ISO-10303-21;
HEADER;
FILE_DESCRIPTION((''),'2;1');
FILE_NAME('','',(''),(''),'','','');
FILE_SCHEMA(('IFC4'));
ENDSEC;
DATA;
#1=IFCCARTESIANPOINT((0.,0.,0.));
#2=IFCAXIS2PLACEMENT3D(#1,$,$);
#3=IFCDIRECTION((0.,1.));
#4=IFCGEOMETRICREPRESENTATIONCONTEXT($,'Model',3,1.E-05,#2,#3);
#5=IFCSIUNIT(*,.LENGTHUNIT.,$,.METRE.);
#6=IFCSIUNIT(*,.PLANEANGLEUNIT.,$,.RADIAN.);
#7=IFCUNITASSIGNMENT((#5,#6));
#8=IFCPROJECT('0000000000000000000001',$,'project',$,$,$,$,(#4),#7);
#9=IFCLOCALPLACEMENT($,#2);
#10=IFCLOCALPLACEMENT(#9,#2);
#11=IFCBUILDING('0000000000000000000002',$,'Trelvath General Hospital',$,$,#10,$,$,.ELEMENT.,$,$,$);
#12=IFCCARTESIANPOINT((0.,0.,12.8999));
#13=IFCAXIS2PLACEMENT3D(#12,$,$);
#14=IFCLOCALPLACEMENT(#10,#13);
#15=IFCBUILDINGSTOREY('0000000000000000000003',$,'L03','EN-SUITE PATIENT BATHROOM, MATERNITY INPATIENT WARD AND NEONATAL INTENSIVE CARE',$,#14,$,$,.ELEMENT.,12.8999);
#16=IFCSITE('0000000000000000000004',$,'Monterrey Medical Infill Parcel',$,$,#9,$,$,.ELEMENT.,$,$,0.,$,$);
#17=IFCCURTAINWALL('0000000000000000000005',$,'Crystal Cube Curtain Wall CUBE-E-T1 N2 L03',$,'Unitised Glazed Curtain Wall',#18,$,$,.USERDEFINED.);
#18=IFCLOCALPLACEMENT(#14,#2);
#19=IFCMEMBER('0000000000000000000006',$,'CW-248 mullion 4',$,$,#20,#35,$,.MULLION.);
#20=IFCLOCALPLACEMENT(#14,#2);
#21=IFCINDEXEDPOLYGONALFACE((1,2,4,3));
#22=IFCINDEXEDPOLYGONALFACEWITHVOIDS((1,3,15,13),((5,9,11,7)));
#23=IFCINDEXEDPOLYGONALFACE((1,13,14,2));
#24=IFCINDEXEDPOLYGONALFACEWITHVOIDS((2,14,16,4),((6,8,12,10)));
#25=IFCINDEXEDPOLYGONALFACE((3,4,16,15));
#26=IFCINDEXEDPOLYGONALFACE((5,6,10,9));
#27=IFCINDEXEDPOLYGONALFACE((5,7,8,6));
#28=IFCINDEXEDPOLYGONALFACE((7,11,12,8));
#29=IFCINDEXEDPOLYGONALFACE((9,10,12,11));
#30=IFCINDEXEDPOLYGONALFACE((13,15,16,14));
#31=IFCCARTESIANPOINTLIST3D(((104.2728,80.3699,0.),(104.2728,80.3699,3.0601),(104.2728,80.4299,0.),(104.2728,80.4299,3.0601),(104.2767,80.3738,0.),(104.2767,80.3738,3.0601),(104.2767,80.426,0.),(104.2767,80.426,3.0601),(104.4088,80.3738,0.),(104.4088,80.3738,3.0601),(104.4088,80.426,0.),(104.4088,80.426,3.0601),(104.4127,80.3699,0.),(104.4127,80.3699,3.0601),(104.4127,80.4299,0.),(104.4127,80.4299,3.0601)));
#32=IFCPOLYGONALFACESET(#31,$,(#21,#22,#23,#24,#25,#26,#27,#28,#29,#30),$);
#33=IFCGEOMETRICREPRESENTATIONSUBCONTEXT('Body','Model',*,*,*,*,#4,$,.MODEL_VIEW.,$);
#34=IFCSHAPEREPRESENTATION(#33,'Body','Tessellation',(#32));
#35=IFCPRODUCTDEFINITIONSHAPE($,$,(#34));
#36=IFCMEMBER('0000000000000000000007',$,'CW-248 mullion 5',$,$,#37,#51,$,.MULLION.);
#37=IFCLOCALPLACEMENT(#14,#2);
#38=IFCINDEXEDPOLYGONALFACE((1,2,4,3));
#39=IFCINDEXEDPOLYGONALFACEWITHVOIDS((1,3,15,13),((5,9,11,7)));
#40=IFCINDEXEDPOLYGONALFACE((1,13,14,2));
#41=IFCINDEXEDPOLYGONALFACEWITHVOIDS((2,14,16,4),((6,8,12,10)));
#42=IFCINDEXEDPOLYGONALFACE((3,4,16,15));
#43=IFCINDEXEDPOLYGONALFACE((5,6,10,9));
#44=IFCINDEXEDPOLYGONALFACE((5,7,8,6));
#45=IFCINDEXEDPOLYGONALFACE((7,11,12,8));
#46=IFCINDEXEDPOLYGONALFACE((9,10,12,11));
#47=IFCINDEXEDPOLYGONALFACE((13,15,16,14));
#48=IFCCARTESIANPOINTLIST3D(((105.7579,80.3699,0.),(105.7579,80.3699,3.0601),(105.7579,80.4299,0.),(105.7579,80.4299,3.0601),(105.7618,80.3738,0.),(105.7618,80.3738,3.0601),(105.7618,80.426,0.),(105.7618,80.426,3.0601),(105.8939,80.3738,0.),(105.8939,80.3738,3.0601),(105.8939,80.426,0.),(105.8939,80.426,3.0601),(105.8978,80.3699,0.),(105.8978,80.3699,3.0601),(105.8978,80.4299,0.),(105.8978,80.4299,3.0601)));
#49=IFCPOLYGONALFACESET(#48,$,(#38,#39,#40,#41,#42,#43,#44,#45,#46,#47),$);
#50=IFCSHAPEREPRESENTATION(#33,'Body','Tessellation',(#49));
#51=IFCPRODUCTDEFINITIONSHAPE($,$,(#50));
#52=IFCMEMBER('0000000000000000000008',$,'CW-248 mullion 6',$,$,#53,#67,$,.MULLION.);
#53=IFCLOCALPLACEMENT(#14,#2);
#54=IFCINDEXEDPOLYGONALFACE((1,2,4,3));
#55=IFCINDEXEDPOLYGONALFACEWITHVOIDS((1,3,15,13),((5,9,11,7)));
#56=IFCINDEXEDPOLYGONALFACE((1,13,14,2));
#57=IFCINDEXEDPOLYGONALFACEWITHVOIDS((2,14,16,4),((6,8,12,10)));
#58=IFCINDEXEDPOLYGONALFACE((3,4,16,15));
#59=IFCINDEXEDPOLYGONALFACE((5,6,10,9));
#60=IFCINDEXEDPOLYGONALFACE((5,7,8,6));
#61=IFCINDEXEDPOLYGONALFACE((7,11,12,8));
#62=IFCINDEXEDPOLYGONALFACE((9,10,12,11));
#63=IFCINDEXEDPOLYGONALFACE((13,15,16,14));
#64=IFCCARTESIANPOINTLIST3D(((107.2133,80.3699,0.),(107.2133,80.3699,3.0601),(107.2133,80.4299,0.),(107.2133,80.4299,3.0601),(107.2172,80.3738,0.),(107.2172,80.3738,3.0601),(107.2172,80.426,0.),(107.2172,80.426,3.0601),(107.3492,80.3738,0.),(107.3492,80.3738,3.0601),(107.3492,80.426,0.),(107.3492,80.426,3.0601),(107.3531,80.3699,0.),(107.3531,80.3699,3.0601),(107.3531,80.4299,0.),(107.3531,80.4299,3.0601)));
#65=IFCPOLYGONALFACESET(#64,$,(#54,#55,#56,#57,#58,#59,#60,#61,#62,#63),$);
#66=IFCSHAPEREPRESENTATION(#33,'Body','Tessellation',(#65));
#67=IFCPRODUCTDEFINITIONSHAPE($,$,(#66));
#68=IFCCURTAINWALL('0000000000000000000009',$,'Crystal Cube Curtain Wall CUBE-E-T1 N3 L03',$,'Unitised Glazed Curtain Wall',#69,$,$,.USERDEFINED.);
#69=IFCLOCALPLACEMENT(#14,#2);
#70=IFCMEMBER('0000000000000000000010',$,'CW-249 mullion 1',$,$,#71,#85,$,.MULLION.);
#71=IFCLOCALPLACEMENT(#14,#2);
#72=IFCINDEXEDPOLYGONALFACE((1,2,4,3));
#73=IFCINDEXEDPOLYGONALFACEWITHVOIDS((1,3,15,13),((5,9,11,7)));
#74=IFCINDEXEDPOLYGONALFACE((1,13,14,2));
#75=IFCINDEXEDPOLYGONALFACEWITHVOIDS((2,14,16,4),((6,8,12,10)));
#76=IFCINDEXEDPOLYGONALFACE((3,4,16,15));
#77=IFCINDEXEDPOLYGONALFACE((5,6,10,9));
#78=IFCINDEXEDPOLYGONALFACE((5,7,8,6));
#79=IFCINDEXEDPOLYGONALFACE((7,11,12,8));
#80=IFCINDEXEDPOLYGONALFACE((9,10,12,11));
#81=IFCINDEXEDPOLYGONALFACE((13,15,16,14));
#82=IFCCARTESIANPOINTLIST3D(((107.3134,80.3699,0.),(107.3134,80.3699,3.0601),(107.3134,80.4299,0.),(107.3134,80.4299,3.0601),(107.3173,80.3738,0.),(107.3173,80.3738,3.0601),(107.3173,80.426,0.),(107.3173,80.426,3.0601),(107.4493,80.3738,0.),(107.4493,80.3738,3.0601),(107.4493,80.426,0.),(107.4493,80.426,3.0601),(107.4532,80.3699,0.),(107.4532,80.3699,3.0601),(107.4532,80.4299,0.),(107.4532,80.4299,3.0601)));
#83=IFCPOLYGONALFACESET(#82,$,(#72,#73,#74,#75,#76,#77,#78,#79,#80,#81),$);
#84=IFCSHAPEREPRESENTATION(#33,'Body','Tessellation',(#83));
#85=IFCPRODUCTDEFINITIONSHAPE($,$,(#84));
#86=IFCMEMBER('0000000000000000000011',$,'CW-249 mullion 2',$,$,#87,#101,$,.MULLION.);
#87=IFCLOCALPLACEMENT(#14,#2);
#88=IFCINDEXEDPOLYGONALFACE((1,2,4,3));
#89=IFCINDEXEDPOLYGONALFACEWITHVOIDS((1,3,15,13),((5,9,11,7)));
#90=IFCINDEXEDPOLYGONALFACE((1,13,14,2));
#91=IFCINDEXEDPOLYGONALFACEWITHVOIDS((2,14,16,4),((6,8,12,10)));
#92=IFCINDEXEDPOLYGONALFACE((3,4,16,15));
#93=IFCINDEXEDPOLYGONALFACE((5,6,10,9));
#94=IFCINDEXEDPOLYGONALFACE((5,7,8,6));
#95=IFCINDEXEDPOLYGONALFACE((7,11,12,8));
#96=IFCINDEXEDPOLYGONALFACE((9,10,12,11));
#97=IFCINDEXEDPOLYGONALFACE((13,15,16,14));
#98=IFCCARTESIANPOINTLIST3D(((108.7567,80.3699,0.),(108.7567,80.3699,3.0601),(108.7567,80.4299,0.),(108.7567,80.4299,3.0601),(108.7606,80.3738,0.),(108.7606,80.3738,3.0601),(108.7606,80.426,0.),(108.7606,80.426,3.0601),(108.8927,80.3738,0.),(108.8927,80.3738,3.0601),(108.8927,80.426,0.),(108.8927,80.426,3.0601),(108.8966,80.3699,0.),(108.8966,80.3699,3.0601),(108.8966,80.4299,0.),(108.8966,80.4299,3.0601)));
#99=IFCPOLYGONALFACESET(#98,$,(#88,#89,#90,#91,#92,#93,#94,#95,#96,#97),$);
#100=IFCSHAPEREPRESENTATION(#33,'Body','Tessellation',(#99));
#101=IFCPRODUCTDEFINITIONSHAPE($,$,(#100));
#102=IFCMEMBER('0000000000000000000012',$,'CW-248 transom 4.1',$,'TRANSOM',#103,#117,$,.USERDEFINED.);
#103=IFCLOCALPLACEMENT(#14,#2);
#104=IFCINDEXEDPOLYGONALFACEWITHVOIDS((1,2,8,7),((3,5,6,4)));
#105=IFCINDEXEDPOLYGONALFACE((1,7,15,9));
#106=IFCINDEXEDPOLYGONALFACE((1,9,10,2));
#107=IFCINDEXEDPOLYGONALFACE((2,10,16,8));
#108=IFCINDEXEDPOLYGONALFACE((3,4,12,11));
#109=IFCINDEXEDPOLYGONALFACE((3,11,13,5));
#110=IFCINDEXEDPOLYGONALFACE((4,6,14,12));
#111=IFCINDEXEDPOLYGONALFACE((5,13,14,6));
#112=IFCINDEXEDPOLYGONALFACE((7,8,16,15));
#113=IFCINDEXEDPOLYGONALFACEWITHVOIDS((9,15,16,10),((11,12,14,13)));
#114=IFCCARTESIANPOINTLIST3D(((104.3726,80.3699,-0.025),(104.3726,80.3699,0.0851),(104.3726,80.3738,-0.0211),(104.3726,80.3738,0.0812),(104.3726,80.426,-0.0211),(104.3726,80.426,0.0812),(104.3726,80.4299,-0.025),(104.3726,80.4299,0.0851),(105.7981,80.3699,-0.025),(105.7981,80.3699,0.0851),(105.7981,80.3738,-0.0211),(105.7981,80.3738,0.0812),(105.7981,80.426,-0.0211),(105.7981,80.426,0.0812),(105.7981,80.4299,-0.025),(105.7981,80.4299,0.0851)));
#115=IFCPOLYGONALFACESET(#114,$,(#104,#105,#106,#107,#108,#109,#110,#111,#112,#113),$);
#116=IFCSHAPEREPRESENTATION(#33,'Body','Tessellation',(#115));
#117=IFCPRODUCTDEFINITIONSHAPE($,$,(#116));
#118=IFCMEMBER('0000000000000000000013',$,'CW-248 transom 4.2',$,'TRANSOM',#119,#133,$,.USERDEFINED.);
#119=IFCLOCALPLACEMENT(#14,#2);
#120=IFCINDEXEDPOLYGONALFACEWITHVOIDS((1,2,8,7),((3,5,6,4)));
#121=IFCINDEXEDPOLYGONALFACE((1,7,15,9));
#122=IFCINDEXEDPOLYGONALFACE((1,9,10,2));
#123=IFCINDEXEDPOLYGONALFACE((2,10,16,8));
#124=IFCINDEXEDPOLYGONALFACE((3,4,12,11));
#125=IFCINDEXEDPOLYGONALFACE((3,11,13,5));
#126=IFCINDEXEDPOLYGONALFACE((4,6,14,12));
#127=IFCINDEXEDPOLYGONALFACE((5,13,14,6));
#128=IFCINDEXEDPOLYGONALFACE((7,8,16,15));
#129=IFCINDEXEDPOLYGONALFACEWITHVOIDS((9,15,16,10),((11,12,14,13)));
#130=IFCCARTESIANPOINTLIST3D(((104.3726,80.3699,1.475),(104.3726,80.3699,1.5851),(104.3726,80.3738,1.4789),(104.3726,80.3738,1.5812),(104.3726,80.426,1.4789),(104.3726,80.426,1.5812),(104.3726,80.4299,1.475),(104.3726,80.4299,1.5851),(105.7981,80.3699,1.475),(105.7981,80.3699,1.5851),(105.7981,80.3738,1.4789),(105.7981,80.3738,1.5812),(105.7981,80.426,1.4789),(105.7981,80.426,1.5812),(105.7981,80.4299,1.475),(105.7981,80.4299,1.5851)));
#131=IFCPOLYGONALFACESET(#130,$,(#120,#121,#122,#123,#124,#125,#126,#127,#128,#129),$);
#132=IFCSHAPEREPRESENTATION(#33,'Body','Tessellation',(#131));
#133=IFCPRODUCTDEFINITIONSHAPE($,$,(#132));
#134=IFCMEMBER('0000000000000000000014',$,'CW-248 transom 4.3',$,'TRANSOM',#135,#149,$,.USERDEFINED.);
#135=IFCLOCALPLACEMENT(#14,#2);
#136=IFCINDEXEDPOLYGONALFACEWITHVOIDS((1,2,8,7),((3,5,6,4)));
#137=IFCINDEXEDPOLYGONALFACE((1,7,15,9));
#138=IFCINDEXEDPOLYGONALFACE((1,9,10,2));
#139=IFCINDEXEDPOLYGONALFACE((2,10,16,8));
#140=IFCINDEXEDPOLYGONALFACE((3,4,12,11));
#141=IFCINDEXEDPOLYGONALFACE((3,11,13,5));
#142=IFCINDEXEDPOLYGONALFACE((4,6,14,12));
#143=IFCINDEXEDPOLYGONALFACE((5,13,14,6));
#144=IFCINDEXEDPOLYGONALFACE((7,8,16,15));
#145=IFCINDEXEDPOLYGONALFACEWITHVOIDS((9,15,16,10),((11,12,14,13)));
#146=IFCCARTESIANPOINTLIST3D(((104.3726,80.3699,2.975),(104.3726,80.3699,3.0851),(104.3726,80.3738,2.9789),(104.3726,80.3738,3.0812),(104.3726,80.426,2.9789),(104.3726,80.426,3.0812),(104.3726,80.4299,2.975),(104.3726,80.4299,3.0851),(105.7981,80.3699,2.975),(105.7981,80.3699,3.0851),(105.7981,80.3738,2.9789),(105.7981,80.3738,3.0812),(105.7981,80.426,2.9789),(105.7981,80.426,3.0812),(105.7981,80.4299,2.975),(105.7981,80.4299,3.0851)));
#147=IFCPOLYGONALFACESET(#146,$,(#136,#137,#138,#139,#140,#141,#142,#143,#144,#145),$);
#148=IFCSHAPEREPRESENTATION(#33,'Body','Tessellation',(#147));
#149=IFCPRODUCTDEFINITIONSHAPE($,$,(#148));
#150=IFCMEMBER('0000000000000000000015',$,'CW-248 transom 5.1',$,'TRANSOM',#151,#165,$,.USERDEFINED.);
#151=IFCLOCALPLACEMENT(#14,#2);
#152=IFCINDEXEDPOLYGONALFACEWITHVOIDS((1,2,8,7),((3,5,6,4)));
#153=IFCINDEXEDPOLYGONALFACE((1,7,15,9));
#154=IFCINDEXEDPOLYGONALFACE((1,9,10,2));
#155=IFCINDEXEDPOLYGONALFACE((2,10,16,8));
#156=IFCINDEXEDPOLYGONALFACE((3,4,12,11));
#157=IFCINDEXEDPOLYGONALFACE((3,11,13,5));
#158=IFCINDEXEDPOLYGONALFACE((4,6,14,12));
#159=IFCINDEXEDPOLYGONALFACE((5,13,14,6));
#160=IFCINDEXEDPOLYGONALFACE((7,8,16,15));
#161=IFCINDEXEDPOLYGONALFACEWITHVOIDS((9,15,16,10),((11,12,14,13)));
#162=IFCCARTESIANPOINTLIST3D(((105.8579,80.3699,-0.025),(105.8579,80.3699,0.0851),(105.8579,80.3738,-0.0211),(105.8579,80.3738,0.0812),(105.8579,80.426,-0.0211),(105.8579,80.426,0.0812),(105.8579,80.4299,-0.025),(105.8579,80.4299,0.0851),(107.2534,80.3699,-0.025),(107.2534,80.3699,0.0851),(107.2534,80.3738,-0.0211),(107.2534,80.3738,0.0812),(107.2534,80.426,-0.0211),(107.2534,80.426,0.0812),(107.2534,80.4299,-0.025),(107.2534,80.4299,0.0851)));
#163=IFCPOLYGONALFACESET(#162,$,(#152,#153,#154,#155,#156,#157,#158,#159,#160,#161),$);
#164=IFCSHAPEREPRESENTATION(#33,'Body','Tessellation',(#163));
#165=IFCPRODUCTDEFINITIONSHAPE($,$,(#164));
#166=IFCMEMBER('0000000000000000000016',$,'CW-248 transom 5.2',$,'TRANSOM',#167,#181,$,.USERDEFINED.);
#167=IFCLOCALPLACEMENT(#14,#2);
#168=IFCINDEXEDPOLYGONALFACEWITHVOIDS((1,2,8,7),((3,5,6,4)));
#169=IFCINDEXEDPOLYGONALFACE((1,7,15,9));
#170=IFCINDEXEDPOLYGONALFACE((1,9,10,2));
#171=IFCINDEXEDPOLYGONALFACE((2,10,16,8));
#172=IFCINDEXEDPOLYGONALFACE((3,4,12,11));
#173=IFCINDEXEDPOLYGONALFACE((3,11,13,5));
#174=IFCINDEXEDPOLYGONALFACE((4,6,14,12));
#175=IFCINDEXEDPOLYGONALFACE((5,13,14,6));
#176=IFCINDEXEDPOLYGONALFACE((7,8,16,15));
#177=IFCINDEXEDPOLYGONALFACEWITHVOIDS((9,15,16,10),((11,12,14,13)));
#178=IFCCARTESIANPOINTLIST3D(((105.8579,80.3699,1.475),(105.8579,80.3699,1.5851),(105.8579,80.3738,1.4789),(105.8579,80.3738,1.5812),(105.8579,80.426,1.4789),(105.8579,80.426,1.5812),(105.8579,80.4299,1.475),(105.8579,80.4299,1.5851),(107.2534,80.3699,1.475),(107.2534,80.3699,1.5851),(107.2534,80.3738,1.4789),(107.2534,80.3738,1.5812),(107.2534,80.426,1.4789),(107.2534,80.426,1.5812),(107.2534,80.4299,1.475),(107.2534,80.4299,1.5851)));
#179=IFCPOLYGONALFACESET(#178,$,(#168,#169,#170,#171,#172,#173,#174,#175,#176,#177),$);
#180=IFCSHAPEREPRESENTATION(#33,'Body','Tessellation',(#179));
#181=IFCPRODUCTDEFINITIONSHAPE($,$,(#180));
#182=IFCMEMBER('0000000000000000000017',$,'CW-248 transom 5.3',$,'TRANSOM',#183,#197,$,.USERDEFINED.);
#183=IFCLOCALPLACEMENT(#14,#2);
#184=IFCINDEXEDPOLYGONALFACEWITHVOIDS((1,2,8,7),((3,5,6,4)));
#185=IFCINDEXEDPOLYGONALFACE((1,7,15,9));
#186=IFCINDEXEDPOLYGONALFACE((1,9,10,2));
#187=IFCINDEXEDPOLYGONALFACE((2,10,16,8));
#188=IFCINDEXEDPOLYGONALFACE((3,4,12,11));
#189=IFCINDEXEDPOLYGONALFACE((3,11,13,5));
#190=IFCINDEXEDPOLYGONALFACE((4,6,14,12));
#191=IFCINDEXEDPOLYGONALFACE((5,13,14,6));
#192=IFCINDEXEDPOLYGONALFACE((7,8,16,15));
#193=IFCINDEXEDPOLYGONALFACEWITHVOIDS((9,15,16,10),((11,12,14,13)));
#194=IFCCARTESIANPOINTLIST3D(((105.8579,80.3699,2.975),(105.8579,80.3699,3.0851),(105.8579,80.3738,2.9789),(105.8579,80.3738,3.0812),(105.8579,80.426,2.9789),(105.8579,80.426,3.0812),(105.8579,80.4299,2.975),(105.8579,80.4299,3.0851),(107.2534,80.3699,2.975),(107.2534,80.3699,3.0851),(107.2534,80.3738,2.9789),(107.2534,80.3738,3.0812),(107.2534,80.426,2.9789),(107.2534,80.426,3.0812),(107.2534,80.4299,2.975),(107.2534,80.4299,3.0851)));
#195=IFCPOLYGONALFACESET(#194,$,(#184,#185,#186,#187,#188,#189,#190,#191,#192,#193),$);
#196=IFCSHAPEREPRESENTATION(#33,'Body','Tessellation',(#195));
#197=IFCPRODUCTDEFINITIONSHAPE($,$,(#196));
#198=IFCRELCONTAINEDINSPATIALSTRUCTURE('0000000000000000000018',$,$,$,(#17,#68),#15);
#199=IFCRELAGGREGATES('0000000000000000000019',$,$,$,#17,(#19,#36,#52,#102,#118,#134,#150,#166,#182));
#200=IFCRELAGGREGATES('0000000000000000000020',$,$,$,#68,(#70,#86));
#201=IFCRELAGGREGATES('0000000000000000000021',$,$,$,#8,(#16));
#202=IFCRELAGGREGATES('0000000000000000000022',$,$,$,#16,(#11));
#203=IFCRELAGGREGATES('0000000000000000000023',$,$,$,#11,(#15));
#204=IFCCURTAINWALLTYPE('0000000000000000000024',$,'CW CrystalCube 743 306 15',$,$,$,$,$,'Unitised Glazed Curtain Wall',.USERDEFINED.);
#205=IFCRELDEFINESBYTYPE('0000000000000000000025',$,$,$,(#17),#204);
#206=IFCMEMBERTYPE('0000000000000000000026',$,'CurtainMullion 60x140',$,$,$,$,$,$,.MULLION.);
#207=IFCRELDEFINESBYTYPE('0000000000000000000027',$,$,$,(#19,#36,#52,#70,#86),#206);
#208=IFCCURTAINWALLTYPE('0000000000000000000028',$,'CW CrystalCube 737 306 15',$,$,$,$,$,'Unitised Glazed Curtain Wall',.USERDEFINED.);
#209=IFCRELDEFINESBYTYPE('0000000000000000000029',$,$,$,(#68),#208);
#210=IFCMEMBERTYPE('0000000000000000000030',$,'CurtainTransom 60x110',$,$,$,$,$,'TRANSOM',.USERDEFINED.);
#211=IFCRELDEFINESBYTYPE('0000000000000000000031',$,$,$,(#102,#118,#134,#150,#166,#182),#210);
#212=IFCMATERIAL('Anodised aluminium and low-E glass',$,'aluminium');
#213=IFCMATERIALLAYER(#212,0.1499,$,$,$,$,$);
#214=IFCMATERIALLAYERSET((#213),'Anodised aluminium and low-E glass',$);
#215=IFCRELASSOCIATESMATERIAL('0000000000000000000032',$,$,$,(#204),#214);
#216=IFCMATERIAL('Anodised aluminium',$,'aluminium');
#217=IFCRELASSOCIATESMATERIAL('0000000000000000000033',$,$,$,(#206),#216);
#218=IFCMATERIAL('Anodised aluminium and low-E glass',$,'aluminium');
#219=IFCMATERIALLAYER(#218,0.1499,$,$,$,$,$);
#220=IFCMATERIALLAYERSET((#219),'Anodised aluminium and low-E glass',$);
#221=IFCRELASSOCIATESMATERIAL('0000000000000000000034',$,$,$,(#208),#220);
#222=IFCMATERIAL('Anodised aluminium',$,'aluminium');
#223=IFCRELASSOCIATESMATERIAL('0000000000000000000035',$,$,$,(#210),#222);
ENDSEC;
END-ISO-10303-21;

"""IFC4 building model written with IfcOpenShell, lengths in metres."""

from ifc_helpers import new_model, si_unit, direction, frame, origin, origin_2d, place, context, subcontext, project, spatial, hollow_rectangle, extrude, material, layer, layer_set, material_profile, profile_set, type_object, element, aggregate, save


model = new_model("IFC4")

# Units and contexts
model_context = context("Model", 3, precision=1e-05, world=origin(), true_north=direction((0.0, 1.0)))
body_context = subcontext(model_context, "Body", "Model", "MODEL_VIEW")
ifc_project = project(units=[si_unit("LENGTHUNIT", "METRE"), si_unit("PLANEANGLEUNIT", "RADIAN")], contexts=[model_context])

# Site, building, storey
site_placement = place(None, origin())
site = spatial("IfcSite", under=ifc_project, at=site_placement, Name="Monterrey Medical Infill Parcel", CompositionType="ELEMENT", RefElevation=0.0)
building_placement = place(site_placement, origin())
building = spatial("IfcBuilding", under=site, at=building_placement, Name="Trelvath General Hospital", CompositionType="ELEMENT")
storey_placement = place(building_placement, frame((0.0, 0.0, 12.8999)))
storey = spatial("IfcBuildingStorey", under=building, at=storey_placement, Name="L03", Description="EN-SUITE PATIENT BATHROOM, MATERNITY INPATIENT WARD AND NEONATAL INTENSIVE CARE", CompositionType="ELEMENT", Elevation=12.8999)

# Curtain walls, members
ifc_material_1 = material(Name="Anodised aluminium and low-E glass", Category="aluminium")
ifc_layer_1 = layer(ifc_material_1, 0.1499)
ifc_layer_set_1 = layer_set([ifc_layer_1], Name="Anodised aluminium and low-E glass")
curtain_wall_type_1 = type_object("IfcCurtainWallType", Name="CW CrystalCube 743 306 15", ElementType="Unitised Glazed Curtain Wall", PredefinedType="USERDEFINED", material=ifc_layer_set_1)
curtain_wall_1_placement = place(storey_placement, origin())
curtain_wall_1 = element("IfcCurtainWall", 1, at=curtain_wall_1_placement, inside=storey, type_object=curtain_wall_type_1, Name="Crystal Cube Curtain Wall CUBE-E-T1 N2 L03", ObjectType="Unitised Glazed Curtain Wall", PredefinedType="USERDEFINED")
ifc_material_2 = material(Name="Anodised aluminium", Category="aluminium")
ifc_material_profile_1 = material_profile(ifc_material_2, hollow_rectangle(XDim=0.0601, YDim=0.1399, WallThickness=0.0039, at=origin_2d()), Name="RHS60x140x4")
ifc_profile_set_1 = profile_set([ifc_material_profile_1], Name="Anodised aluminium")
member_type_1 = type_object("IfcMemberType", Name="CurtainMullion 60x140", PredefinedType="MULLION", material=ifc_profile_set_1)
member_1_placement = place(storey_placement, frame((104.3428, 80.3999, 0.0), z_axis=(0.0, 0.0, 1.0), x_axis=(0.0, 1.0, 0.0)))
member_1 = element("IfcMember", 2, at=member_1_placement, type_object=member_type_1, Name="CW-248 mullion 4", PredefinedType="MULLION", context=body_context, shape_type="SweptSolid", body=[
    extrude(hollow_rectangle(XDim=0.0601, YDim=0.1399, WallThickness=0.0039, at=origin_2d()), origin(), (0.0, 0.0, 1.0), 3.0601),
])
member_2_placement = place(storey_placement, frame((105.8279, 80.3999, 0.0), z_axis=(0.0, 0.0, 1.0), x_axis=(0.0, 1.0, 0.0)))
member_2 = element("IfcMember", 3, at=member_2_placement, type_object=member_type_1, Name="CW-248 mullion 5", PredefinedType="MULLION", context=body_context, shape_type="SweptSolid", body=[
    extrude(hollow_rectangle(XDim=0.0601, YDim=0.1399, WallThickness=0.0039, at=origin_2d()), origin(), (0.0, 0.0, 1.0), 3.0601),
])
member_3_placement = place(storey_placement, frame((107.2832, 80.3999, 0.0), z_axis=(0.0, 0.0, 1.0), x_axis=(0.0, 1.0, 0.0)))
member_3 = element("IfcMember", 4, at=member_3_placement, type_object=member_type_1, Name="CW-248 mullion 6", PredefinedType="MULLION", context=body_context, shape_type="SweptSolid", body=[
    extrude(hollow_rectangle(XDim=0.0601, YDim=0.1399, WallThickness=0.0039, at=origin_2d()), origin(), (0.0, 0.0, 1.0), 3.0601),
])
ifc_material_3 = material(Name="Anodised aluminium and low-E glass", Category="aluminium")
ifc_layer_2 = layer(ifc_material_3, 0.1499)
ifc_layer_set_2 = layer_set([ifc_layer_2], Name="Anodised aluminium and low-E glass")
curtain_wall_type_2 = type_object("IfcCurtainWallType", Name="CW CrystalCube 737 306 15", ElementType="Unitised Glazed Curtain Wall", PredefinedType="USERDEFINED", material=ifc_layer_set_2)
curtain_wall_2_placement = place(storey_placement, origin())
curtain_wall_2 = element("IfcCurtainWall", 5, at=curtain_wall_2_placement, inside=storey, type_object=curtain_wall_type_2, Name="Crystal Cube Curtain Wall CUBE-E-T1 N3 L03", ObjectType="Unitised Glazed Curtain Wall", PredefinedType="USERDEFINED")
member_4_placement = place(storey_placement, frame((107.3833, 80.3999, 0.0), z_axis=(0.0, 0.0, 1.0), x_axis=(0.0, 1.0, 0.0)))
member_4 = element("IfcMember", 6, at=member_4_placement, type_object=member_type_1, Name="CW-249 mullion 1", PredefinedType="MULLION", context=body_context, shape_type="SweptSolid", body=[
    extrude(hollow_rectangle(XDim=0.0601, YDim=0.1399, WallThickness=0.0039, at=origin_2d()), origin(), (0.0, 0.0, 1.0), 3.0601),
])
member_5_placement = place(storey_placement, frame((108.8267, 80.3999, 0.0), z_axis=(0.0, 0.0, 1.0), x_axis=(0.0, 1.0, 0.0)))
member_5 = element("IfcMember", 7, at=member_5_placement, type_object=member_type_1, Name="CW-249 mullion 2", PredefinedType="MULLION", context=body_context, shape_type="SweptSolid", body=[
    extrude(hollow_rectangle(XDim=0.0601, YDim=0.1399, WallThickness=0.0039, at=origin_2d()), origin(), (0.0, 0.0, 1.0), 3.0601),
])

# Members
ifc_material_4 = material(Name="Anodised aluminium", Category="aluminium")
ifc_material_profile_2 = material_profile(ifc_material_4, hollow_rectangle(XDim=0.0601, YDim=0.1101, WallThickness=0.0039, at=origin_2d()), Name="RHS60x110x4")
ifc_profile_set_2 = profile_set([ifc_material_profile_2], Name="Anodised aluminium")
member_type_2 = type_object("IfcMemberType", Name="CurtainTransom 60x110", ElementType="TRANSOM", PredefinedType="USERDEFINED", material=ifc_profile_set_2)
member_6_placement = place(storey_placement, frame((104.3726, 80.3999, 0.03), z_axis=(1.0, 0.0, 0.0), x_axis=(0.0, 1.0, 0.0)))
member_6 = element("IfcMember", 8, at=member_6_placement, type_object=member_type_2, Name="CW-248 transom 4.1", ObjectType="TRANSOM", PredefinedType="USERDEFINED", context=body_context, shape_type="SweptSolid", body=[
    extrude(hollow_rectangle(XDim=0.0601, YDim=0.1101, WallThickness=0.0039, at=origin_2d()), origin(), (0.0, 0.0, 1.0), 1.4255),
])
member_7_placement = place(storey_placement, frame((104.3726, 80.3999, 1.53), z_axis=(1.0, 0.0, 0.0), x_axis=(0.0, 1.0, 0.0)))
member_7 = element("IfcMember", 9, at=member_7_placement, type_object=member_type_2, Name="CW-248 transom 4.2", ObjectType="TRANSOM", PredefinedType="USERDEFINED", context=body_context, shape_type="SweptSolid", body=[
    extrude(hollow_rectangle(XDim=0.0601, YDim=0.1101, WallThickness=0.0039, at=origin_2d()), origin(), (0.0, 0.0, 1.0), 1.4255),
])
member_8_placement = place(storey_placement, frame((104.3726, 80.3999, 3.03), z_axis=(1.0, 0.0, 0.0), x_axis=(0.0, 1.0, 0.0)))
member_8 = element("IfcMember", 10, at=member_8_placement, type_object=member_type_2, Name="CW-248 transom 4.3", ObjectType="TRANSOM", PredefinedType="USERDEFINED", context=body_context, shape_type="SweptSolid", body=[
    extrude(hollow_rectangle(XDim=0.0601, YDim=0.1101, WallThickness=0.0039, at=origin_2d()), origin(), (0.0, 0.0, 1.0), 1.4255),
])
member_9_placement = place(storey_placement, frame((105.8579, 80.3999, 0.03), z_axis=(1.0, 0.0, 0.0), x_axis=(0.0, 1.0, 0.0)))
member_9 = element("IfcMember", 11, at=member_9_placement, type_object=member_type_2, Name="CW-248 transom 5.1", ObjectType="TRANSOM", PredefinedType="USERDEFINED", context=body_context, shape_type="SweptSolid", body=[
    extrude(hollow_rectangle(XDim=0.0601, YDim=0.1101, WallThickness=0.0039, at=origin_2d()), origin(), (0.0, 0.0, 1.0), 1.3955),
])
member_10_placement = place(storey_placement, frame((105.8579, 80.3999, 1.53), z_axis=(1.0, 0.0, 0.0), x_axis=(0.0, 1.0, 0.0)))
member_10 = element("IfcMember", 12, at=member_10_placement, type_object=member_type_2, Name="CW-248 transom 5.2", ObjectType="TRANSOM", PredefinedType="USERDEFINED", context=body_context, shape_type="SweptSolid", body=[
    extrude(hollow_rectangle(XDim=0.0601, YDim=0.1101, WallThickness=0.0039, at=origin_2d()), origin(), (0.0, 0.0, 1.0), 1.3955),
])
member_11_placement = place(storey_placement, frame((105.8579, 80.3999, 3.03), z_axis=(1.0, 0.0, 0.0), x_axis=(0.0, 1.0, 0.0)))
member_11 = element("IfcMember", 13, at=member_11_placement, type_object=member_type_2, Name="CW-248 transom 5.3", ObjectType="TRANSOM", PredefinedType="USERDEFINED", context=body_context, shape_type="SweptSolid", body=[
    extrude(hollow_rectangle(XDim=0.0601, YDim=0.1101, WallThickness=0.0039, at=origin_2d()), origin(), (0.0, 0.0, 1.0), 1.3955),
])

aggregate(curtain_wall_1, [member_1, member_2, member_3, member_6, member_7, member_8, member_9, member_10, member_11])
aggregate(curtain_wall_2, [member_4, member_5])

save(model, "model.ifc")
